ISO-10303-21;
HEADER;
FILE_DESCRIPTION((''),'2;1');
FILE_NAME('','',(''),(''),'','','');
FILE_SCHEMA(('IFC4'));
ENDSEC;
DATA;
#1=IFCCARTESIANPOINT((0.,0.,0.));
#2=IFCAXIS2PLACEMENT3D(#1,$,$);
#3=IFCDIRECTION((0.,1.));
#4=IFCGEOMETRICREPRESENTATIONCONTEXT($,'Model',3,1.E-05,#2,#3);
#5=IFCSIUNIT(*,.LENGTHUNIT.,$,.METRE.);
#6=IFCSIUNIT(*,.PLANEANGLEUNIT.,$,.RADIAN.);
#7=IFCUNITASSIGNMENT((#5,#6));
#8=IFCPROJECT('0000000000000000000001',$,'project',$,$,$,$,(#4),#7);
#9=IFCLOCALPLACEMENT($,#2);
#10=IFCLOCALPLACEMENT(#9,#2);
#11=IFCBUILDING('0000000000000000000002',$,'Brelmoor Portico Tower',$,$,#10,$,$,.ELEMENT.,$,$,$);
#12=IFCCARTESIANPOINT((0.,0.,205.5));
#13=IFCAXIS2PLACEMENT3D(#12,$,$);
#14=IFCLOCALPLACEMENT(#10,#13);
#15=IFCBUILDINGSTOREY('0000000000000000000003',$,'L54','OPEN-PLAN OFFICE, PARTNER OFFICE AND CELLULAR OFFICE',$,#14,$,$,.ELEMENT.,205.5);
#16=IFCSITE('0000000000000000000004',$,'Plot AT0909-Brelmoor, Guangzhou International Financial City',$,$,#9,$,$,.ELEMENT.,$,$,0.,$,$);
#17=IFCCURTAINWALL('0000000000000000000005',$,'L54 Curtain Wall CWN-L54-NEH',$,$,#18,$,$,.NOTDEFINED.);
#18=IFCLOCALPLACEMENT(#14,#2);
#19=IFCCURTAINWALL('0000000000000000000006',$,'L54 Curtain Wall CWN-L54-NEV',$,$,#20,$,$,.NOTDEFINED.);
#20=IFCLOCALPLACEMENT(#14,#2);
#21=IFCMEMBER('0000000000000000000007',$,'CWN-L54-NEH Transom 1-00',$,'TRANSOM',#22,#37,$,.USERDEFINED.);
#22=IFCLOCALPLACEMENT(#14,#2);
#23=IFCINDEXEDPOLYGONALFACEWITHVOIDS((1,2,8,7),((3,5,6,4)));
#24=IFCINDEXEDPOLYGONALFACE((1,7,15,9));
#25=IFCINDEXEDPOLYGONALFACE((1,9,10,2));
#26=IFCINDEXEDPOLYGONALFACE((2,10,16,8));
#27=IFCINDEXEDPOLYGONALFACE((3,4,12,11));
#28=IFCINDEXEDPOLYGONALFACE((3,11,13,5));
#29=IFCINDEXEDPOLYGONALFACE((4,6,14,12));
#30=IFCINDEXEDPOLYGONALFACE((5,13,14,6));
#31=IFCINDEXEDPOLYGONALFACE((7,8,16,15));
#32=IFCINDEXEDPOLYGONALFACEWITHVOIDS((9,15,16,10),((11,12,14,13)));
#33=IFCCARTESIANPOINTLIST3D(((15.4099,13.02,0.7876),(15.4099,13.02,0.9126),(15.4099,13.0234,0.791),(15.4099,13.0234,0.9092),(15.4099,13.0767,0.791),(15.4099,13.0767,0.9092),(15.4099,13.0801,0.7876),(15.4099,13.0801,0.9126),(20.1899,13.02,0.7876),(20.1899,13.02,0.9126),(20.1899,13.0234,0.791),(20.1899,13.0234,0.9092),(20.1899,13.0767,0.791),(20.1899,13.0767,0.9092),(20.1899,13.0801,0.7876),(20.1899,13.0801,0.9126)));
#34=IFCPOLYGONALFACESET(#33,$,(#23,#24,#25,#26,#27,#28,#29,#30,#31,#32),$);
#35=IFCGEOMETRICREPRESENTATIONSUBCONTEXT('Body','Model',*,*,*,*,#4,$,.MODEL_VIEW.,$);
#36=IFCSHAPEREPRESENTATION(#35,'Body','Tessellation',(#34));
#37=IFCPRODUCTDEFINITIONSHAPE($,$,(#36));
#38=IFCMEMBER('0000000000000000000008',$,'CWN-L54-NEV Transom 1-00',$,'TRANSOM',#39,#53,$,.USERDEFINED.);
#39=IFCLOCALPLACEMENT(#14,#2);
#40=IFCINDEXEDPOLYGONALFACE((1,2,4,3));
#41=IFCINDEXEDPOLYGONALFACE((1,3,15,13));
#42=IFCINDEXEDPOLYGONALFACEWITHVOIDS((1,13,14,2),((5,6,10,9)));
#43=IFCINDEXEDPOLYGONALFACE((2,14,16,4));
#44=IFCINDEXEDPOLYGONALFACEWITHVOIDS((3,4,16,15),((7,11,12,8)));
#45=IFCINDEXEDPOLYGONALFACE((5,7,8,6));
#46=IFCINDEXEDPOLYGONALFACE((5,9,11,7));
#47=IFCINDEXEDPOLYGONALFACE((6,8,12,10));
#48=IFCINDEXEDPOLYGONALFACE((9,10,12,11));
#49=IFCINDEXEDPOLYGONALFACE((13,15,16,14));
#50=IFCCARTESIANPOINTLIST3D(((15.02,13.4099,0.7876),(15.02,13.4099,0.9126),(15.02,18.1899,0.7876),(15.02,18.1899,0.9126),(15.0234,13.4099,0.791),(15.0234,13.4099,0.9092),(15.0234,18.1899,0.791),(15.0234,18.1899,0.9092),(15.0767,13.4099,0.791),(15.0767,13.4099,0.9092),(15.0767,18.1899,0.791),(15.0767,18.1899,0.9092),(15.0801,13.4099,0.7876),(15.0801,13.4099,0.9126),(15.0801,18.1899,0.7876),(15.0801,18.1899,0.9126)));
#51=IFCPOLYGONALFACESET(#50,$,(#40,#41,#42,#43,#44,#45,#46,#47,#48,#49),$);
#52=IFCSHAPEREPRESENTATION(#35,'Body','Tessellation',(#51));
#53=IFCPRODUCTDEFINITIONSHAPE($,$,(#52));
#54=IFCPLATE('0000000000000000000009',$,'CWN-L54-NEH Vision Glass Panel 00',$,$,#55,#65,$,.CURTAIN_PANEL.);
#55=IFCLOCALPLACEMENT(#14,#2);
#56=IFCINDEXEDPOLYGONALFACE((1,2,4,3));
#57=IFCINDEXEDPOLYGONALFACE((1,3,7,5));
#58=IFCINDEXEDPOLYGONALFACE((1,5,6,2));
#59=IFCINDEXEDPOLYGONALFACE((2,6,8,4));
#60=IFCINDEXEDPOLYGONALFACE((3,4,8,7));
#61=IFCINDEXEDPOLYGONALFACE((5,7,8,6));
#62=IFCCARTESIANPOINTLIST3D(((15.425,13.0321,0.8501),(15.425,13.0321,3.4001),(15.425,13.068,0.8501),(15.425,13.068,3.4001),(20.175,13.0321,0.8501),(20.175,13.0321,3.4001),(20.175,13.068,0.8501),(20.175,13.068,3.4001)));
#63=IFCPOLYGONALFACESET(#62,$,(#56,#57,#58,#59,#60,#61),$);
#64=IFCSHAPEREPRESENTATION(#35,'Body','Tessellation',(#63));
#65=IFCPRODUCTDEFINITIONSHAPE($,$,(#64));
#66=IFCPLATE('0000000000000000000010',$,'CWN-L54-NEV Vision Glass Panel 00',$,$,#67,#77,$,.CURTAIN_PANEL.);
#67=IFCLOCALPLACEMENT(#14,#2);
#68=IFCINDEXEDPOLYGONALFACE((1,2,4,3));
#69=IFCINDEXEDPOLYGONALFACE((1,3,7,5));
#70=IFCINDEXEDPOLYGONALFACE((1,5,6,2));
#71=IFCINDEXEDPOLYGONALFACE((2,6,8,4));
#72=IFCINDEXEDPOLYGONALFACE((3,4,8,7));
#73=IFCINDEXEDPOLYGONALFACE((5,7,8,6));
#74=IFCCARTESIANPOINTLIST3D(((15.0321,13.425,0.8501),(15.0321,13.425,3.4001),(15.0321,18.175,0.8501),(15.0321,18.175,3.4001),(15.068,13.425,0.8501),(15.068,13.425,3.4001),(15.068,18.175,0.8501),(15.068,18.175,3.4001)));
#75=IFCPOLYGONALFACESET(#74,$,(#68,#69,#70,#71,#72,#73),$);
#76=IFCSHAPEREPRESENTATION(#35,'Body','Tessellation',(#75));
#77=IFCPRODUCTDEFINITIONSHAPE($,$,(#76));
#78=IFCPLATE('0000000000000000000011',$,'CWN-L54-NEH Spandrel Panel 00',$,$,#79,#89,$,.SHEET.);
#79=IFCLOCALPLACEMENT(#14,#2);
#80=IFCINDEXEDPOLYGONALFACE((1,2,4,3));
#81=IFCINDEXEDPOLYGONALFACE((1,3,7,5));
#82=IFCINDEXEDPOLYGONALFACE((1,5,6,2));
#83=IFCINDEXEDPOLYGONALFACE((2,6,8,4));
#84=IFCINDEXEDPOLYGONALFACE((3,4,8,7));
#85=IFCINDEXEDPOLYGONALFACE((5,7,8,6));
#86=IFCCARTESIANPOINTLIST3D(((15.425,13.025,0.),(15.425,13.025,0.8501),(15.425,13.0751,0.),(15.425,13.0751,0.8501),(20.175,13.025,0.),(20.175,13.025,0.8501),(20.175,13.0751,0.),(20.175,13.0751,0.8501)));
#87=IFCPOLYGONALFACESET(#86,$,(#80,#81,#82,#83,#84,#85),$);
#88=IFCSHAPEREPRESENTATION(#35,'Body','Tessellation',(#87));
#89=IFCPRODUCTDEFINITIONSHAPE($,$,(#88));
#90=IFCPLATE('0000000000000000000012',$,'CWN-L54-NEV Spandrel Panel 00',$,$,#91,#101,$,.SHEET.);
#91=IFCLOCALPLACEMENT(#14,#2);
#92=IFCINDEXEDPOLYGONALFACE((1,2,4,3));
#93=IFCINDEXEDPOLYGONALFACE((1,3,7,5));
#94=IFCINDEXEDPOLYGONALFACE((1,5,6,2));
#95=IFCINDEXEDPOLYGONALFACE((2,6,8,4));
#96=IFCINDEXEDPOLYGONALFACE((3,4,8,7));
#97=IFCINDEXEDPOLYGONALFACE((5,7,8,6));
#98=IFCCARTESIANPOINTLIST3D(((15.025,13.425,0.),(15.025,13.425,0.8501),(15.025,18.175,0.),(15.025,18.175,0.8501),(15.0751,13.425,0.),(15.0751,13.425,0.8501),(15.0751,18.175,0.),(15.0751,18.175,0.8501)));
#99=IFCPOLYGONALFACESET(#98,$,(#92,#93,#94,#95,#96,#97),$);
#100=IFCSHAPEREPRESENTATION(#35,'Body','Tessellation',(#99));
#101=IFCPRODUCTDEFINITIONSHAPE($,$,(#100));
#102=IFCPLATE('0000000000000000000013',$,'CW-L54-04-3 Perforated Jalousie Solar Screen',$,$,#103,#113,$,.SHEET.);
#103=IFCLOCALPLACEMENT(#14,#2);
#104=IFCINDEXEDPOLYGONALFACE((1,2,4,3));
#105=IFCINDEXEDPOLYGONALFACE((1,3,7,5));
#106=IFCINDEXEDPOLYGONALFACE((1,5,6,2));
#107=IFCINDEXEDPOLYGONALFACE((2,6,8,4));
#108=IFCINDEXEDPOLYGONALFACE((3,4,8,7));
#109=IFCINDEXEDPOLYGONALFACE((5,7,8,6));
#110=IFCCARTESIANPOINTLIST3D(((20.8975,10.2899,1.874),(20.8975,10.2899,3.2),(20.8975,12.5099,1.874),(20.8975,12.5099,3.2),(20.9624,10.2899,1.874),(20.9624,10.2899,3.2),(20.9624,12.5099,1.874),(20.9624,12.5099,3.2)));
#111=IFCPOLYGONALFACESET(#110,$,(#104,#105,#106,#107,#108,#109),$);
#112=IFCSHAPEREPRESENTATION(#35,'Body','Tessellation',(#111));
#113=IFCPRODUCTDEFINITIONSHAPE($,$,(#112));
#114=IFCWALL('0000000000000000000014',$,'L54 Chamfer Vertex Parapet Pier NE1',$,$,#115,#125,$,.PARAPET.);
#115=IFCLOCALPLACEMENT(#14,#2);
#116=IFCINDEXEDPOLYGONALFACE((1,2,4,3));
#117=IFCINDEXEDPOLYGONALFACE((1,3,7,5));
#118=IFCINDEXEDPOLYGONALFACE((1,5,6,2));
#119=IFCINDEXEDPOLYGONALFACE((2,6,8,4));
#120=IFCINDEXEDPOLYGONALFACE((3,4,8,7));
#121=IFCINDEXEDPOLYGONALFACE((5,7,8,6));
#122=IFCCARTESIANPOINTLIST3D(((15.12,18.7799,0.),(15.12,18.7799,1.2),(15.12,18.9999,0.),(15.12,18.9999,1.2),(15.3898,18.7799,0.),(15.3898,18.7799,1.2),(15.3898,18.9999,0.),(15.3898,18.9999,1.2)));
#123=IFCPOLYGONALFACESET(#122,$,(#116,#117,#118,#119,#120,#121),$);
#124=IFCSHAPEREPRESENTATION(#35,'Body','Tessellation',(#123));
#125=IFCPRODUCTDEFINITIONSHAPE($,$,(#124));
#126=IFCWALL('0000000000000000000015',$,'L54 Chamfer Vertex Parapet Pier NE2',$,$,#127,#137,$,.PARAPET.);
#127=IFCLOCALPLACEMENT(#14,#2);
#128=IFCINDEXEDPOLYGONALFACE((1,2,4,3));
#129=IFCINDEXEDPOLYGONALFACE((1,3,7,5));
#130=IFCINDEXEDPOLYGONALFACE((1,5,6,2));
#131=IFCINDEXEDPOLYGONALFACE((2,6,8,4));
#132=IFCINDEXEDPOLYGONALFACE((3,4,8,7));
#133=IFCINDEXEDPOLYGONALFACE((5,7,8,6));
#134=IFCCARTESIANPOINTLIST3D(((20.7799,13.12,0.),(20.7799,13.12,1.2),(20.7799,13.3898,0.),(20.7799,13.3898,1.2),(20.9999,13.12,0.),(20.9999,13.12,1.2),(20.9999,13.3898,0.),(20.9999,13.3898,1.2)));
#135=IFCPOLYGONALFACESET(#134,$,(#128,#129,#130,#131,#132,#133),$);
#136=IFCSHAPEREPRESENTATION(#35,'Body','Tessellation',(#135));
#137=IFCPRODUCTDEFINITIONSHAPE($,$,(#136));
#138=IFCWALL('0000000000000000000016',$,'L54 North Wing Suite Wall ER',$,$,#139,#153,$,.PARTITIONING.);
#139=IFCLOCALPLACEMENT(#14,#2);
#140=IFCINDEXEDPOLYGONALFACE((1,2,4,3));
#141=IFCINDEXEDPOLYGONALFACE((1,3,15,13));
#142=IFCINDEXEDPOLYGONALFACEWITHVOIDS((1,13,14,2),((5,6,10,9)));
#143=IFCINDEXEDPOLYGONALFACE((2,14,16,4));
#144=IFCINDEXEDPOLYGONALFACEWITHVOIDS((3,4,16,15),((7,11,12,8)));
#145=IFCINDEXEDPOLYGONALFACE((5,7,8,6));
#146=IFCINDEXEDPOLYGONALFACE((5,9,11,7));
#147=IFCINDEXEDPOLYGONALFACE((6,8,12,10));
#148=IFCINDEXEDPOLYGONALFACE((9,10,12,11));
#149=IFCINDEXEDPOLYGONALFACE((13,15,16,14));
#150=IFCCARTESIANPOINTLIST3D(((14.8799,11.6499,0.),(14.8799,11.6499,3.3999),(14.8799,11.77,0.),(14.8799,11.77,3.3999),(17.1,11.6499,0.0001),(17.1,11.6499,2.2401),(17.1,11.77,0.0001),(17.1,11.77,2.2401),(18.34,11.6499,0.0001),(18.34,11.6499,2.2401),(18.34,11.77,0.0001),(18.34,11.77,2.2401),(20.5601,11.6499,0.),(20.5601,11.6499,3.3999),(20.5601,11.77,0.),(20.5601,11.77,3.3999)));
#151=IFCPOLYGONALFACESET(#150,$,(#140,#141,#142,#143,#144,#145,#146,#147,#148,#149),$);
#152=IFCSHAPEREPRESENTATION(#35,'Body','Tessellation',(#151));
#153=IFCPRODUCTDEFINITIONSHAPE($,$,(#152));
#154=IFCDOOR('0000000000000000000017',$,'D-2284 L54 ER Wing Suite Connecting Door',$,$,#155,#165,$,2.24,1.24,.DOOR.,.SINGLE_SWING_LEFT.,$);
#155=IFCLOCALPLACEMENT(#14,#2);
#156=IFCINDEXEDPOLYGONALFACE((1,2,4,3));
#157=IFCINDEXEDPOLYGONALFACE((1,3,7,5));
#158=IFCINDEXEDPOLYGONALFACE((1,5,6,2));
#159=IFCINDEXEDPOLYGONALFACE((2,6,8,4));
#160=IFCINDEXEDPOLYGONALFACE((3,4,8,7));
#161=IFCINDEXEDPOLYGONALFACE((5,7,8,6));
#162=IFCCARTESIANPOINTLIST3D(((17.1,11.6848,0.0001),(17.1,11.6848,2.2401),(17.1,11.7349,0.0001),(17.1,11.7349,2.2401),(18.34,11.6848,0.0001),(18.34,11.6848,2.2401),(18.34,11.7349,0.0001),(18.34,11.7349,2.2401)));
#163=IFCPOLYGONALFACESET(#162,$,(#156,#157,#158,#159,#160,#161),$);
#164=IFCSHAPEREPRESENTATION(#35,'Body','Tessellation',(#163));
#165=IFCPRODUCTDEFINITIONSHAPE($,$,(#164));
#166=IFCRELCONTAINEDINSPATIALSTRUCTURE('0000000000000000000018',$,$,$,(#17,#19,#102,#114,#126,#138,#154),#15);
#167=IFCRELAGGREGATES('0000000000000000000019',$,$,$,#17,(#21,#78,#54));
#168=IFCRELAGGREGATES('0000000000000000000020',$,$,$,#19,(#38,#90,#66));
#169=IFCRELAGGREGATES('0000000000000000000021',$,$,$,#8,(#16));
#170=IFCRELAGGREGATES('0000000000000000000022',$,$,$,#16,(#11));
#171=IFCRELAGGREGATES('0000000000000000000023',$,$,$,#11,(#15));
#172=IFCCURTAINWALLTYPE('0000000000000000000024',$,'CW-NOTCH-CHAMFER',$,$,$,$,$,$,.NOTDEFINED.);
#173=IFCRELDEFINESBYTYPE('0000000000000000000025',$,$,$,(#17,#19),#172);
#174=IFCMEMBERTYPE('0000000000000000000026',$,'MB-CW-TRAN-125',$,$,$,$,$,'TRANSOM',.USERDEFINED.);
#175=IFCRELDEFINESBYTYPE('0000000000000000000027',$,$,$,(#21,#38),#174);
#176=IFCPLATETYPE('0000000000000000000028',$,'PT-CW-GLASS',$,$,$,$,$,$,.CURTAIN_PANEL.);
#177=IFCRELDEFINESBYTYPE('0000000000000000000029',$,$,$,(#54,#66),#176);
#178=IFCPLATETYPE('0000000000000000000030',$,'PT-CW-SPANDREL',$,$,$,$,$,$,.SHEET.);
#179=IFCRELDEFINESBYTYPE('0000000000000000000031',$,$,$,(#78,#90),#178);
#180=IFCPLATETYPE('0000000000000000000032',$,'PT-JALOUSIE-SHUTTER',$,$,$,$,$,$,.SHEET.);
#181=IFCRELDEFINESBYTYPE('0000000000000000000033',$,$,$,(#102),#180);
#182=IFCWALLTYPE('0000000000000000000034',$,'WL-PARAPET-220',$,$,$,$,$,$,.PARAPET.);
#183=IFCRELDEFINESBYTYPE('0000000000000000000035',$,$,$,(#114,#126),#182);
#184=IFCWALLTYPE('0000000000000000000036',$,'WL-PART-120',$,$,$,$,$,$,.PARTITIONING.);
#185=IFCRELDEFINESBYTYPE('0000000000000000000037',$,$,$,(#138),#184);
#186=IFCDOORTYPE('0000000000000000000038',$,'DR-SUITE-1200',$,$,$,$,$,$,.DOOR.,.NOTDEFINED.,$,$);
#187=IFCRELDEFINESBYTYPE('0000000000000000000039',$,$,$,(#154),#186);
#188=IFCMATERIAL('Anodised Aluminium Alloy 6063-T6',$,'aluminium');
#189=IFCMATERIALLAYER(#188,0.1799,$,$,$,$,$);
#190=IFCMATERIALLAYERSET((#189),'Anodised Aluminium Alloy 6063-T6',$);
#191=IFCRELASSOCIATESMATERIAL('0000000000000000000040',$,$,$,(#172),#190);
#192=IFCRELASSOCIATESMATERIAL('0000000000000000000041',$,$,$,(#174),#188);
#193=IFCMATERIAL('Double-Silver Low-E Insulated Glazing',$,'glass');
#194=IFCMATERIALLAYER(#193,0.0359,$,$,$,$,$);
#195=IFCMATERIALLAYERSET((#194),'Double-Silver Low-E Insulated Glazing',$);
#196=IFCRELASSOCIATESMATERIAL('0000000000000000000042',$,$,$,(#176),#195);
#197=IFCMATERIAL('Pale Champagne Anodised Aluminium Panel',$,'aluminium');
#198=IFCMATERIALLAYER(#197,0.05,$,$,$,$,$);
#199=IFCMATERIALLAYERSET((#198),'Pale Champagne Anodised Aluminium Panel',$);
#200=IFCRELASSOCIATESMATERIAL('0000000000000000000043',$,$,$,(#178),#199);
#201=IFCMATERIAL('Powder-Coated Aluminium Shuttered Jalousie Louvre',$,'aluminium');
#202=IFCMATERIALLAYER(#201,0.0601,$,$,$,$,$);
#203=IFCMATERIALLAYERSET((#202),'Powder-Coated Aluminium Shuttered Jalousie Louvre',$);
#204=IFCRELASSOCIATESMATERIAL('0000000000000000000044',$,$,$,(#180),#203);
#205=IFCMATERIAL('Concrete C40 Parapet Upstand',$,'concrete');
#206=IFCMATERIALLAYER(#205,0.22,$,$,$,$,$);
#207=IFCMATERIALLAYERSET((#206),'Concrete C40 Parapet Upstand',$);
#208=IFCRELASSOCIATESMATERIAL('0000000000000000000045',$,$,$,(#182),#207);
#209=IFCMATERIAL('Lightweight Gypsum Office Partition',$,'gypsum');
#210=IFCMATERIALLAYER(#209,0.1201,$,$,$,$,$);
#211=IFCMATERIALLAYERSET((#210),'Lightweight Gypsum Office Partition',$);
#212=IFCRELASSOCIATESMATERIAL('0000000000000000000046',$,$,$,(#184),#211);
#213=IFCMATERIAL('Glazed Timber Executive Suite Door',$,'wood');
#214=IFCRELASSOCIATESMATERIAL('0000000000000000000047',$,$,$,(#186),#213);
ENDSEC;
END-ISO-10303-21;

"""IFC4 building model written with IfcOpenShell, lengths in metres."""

from ifc_helpers import new_model, si_unit, direction, frame, frame_2d, origin, origin_2d, place, context, subcontext, project, spatial, rectangle, hollow_rectangle, extrude, material, layer, layer_set, material_profile, profile_set, type_object, element, fill, aggregate, save


model = new_model("IFC4")

# Units and contexts
model_context = context("Model", 3, precision=1e-05, world=origin(), true_north=direction((0.0, 1.0)))
body_context = subcontext(model_context, "Body", "Model", "MODEL_VIEW")
ifc_project = project(units=[si_unit("LENGTHUNIT", "METRE"), si_unit("PLANEANGLEUNIT", "RADIAN")], contexts=[model_context])

# Site, building, storey
site_placement = place(None, origin())
site = spatial("IfcSite", under=ifc_project, at=site_placement, Name="Plot AT0909-Brelmoor, Guangzhou International Financial City", CompositionType="ELEMENT", RefElevation=0.0)
building_placement = place(site_placement, origin())
building = spatial("IfcBuilding", under=site, at=building_placement, Name="Brelmoor Portico Tower", CompositionType="ELEMENT")
storey_placement = place(building_placement, frame((0.0, 0.0, 205.5)))
storey = spatial("IfcBuildingStorey", under=building, at=storey_placement, Name="L54", Description="OPEN-PLAN OFFICE, PARTNER OFFICE AND CELLULAR OFFICE", CompositionType="ELEMENT", Elevation=205.5)

# Shared definitions
ifc_material_1 = material(Name="Anodised Aluminium Alloy 6063-T6", Category="aluminium")

# Curtain walls
ifc_layer_1 = layer(ifc_material_1, 0.1799)
ifc_layer_set_1 = layer_set([ifc_layer_1], Name="Anodised Aluminium Alloy 6063-T6")
curtain_wall_type_1 = type_object("IfcCurtainWallType", Name="CW-NOTCH-CHAMFER", PredefinedType="NOTDEFINED", material=ifc_layer_set_1)
curtain_wall_1_placement = place(storey_placement, origin())
curtain_wall_1 = element("IfcCurtainWall", 1, at=curtain_wall_1_placement, inside=storey, type_object=curtain_wall_type_1, Name="L54 Curtain Wall CWN-L54-NEH", PredefinedType="NOTDEFINED")
curtain_wall_2_placement = place(storey_placement, origin())
curtain_wall_2 = element("IfcCurtainWall", 2, at=curtain_wall_2_placement, inside=storey, type_object=curtain_wall_type_1, Name="L54 Curtain Wall CWN-L54-NEV", PredefinedType="NOTDEFINED")

# Members
ifc_material_profile_1 = material_profile(ifc_material_1, hollow_rectangle(XDim=0.0601, YDim=0.125, WallThickness=0.0034, at=origin_2d()), Name="ALU TRANSOM 60x125")
ifc_profile_set_1 = profile_set([ifc_material_profile_1], Name="Anodised Aluminium Alloy 6063-T6")
member_type_1 = type_object("IfcMemberType", Name="MB-CW-TRAN-125", ElementType="TRANSOM", PredefinedType="USERDEFINED", material=ifc_profile_set_1)
member_1_placement = place(storey_placement, frame((15.4099, 13.05, 0.8501), z_axis=(1.0, 0.0, 0.0), x_axis=(0.0, 1.0, 0.0)))
member_1 = element("IfcMember", 3, at=member_1_placement, type_object=member_type_1, Name="CWN-L54-NEH Transom 1-00", ObjectType="TRANSOM", PredefinedType="USERDEFINED", context=body_context, shape_type="SweptSolid", body=[
    extrude(hollow_rectangle(XDim=0.0601, YDim=0.125, WallThickness=0.0034, at=origin_2d()), origin(), (0.0, 0.0, 1.0), 4.78),
])
member_2_placement = place(storey_placement, frame((15.05, 13.4099, 0.8501), z_axis=(0.0, 1.0, 0.0), x_axis=(-1.0, 0.0, 0.0)))
member_2 = element("IfcMember", 4, at=member_2_placement, type_object=member_type_1, Name="CWN-L54-NEV Transom 1-00", ObjectType="TRANSOM", PredefinedType="USERDEFINED", context=body_context, shape_type="SweptSolid", body=[
    extrude(hollow_rectangle(XDim=0.0601, YDim=0.125, WallThickness=0.0034, at=origin_2d()), origin(), (0.0, 0.0, 1.0), 4.78),
])

# Plates
ifc_material_2 = material(Name="Double-Silver Low-E Insulated Glazing", Category="glass")
ifc_layer_2 = layer(ifc_material_2, 0.0359)
ifc_layer_set_2 = layer_set([ifc_layer_2], Name="Double-Silver Low-E Insulated Glazing")
plate_type_1 = type_object("IfcPlateType", Name="PT-CW-GLASS", PredefinedType="CURTAIN_PANEL", material=ifc_layer_set_2)
plate_1_placement = place(storey_placement, frame((17.8, 13.05, 0.8501), z_axis=(0.0, 0.0, 1.0), x_axis=(1.0, 0.0, 0.0)))
plate_1 = element("IfcPlate", 5, at=plate_1_placement, type_object=plate_type_1, Name="CWN-L54-NEH Vision Glass Panel 00", PredefinedType="CURTAIN_PANEL", context=body_context, shape_type="SweptSolid", body=[
    extrude(rectangle(XDim=4.75, YDim=0.0359, at=origin_2d()), origin(), (0.0, 0.0, 1.0), 2.55),
])
plate_2_placement = place(storey_placement, frame((15.05, 15.8, 0.8501), z_axis=(0.0, 0.0, 1.0), x_axis=(0.0, 1.0, 0.0)))
plate_2 = element("IfcPlate", 6, at=plate_2_placement, type_object=plate_type_1, Name="CWN-L54-NEV Vision Glass Panel 00", PredefinedType="CURTAIN_PANEL", context=body_context, shape_type="SweptSolid", body=[
    extrude(rectangle(XDim=4.75, YDim=0.0359, at=origin_2d()), origin(), (0.0, 0.0, 1.0), 2.55),
])
ifc_material_3 = material(Name="Pale Champagne Anodised Aluminium Panel", Category="aluminium")
ifc_layer_3 = layer(ifc_material_3, 0.05)
ifc_layer_set_3 = layer_set([ifc_layer_3], Name="Pale Champagne Anodised Aluminium Panel")
plate_type_2 = type_object("IfcPlateType", Name="PT-CW-SPANDREL", PredefinedType="SHEET", material=ifc_layer_set_3)
plate_3_placement = place(storey_placement, frame((17.8, 13.05, 0.0), z_axis=(0.0, 0.0, 1.0), x_axis=(1.0, 0.0, 0.0)))
plate_3 = element("IfcPlate", 7, at=plate_3_placement, type_object=plate_type_2, Name="CWN-L54-NEH Spandrel Panel 00", PredefinedType="SHEET", context=body_context, shape_type="SweptSolid", body=[
    extrude(rectangle(XDim=4.75, YDim=0.05, at=origin_2d()), origin(), (0.0, 0.0, 1.0), 0.8501),
])
aggregate(curtain_wall_1, [member_1, plate_3, plate_1])
plate_4_placement = place(storey_placement, frame((15.05, 15.8, 0.0), z_axis=(0.0, 0.0, 1.0), x_axis=(0.0, 1.0, 0.0)))
plate_4 = element("IfcPlate", 8, at=plate_4_placement, type_object=plate_type_2, Name="CWN-L54-NEV Spandrel Panel 00", PredefinedType="SHEET", context=body_context, shape_type="SweptSolid", body=[
    extrude(rectangle(XDim=4.75, YDim=0.05, at=origin_2d()), origin(), (0.0, 0.0, 1.0), 0.8501),
])
aggregate(curtain_wall_2, [member_2, plate_4, plate_2])
ifc_material_4 = material(Name="Powder-Coated Aluminium Shuttered Jalousie Louvre", Category="aluminium")
ifc_layer_4 = layer(ifc_material_4, 0.0601)
ifc_layer_set_4 = layer_set([ifc_layer_4], Name="Powder-Coated Aluminium Shuttered Jalousie Louvre")
plate_type_3 = type_object("IfcPlateType", Name="PT-JALOUSIE-SHUTTER", PredefinedType="SHEET", material=ifc_layer_set_4)
plate_5_placement = place(storey_placement, frame((20.9299, 11.3999, 1.874), z_axis=(0.0, 0.0, 1.0), x_axis=(0.0, 1.0, 0.0)))
element("IfcPlate", 9, at=plate_5_placement, inside=storey, type_object=plate_type_3, Name="CW-L54-04-3 Perforated Jalousie Solar Screen", PredefinedType="SHEET", context=body_context, shape_type="SweptSolid", body=[
    extrude(rectangle(XDim=2.22, YDim=0.0649, at=origin_2d()), origin(), (0.0, 0.0, 1.0), 1.3259),
])

# Walls
ifc_material_5 = material(Name="Concrete C40 Parapet Upstand", Category="concrete")
ifc_layer_5 = layer(ifc_material_5, 0.22)
ifc_layer_set_5 = layer_set([ifc_layer_5], Name="Concrete C40 Parapet Upstand")
wall_type_1 = type_object("IfcWallType", Name="WL-PARAPET-220", PredefinedType="PARAPET", material=ifc_layer_set_5)
for number, where, z_axis, x_axis, name in (
    (10, (15.1201, 18.8899, 0.0), (0.0, 0.0, 1.0), (1.0, 0.0, 0.0), "L54 Chamfer Vertex Parapet Pier NE1"),
    (11, (20.8899, 13.1201, 0.0), (0.0, 0.0, 1.0), (0.0, 1.0, 0.0), "L54 Chamfer Vertex Parapet Pier NE2"),
):
    element("IfcWall", number, at=place(storey_placement, frame(where, z_axis=z_axis, x_axis=x_axis)), inside=storey, type_object=wall_type_1, Name=name, PredefinedType="PARAPET", context=body_context, shape_type="SweptSolid", body=[
        extrude(rectangle(XDim=0.2698, YDim=0.22, at=frame_2d((0.1348, 0.0))), origin(), (0.0, 0.0, 1.0), 1.2),
    ])

# Wall, opening, door
ifc_material_6 = material(Name="Lightweight Gypsum Office Partition", Category="gypsum")
ifc_layer_6 = layer(ifc_material_6, 0.1201)
ifc_layer_set_6 = layer_set([ifc_layer_6], Name="Lightweight Gypsum Office Partition")
wall_type_2 = type_object("IfcWallType", Name="WL-PART-120", PredefinedType="PARTITIONING", material=ifc_layer_set_6)
wall_placement = place(storey_placement, frame((14.8799, 11.71, 0.0), z_axis=(0.0, 0.0, 1.0), x_axis=(1.0, 0.0, 0.0)))
wall = element("IfcWall", 12, at=wall_placement, inside=storey, type_object=wall_type_2, Name="L54 North Wing Suite Wall ER", PredefinedType="PARTITIONING", context=body_context, shape_type="SweptSolid", body=[
    extrude(rectangle(XDim=5.6802, YDim=0.1201, at=frame_2d((2.8401, 0.0))), origin(), (0.0, 0.0, 1.0), 3.3999),
])
opening_placement = place(wall_placement, frame((2.22, 0.0, 0.0)))
opening = element("IfcOpeningElement", 13, at=opening_placement, cuts=wall, PredefinedType="OPENING", context=body_context, shape_type="SweptSolid", body=[
    extrude(rectangle(XDim=1.24, YDim=2.24, at=frame_2d((0.6201, 1.1201))), frame((0.0, 0.0701, 0.0), z_axis=(0.0, -1.0, 0.0), x_axis=(1.0, 0.0, 0.0)), (0.0, 0.0, 1.0), 0.1401),
])
ifc_material_7 = material(Name="Glazed Timber Executive Suite Door", Category="wood")
door_type = type_object("IfcDoorType", Name="DR-SUITE-1200", OperationType="NOTDEFINED", PredefinedType="DOOR", material=ifc_material_7)
door_placement = place(opening_placement, origin())
door = element("IfcDoor", 14, at=door_placement, inside=storey, type_object=door_type, Name="D-2284 L54 ER Wing Suite Connecting Door", OperationType="SINGLE_SWING_LEFT", OverallHeight=2.24, OverallWidth=1.24, PredefinedType="DOOR", context=body_context, shape_type="SweptSolid", body=[
    extrude(rectangle(XDim=1.24, YDim=2.24, at=frame_2d((0.6201, 1.1201))), frame((0.0, 0.0249, 0.0), z_axis=(0.0, -1.0, 0.0), x_axis=(1.0, 0.0, 0.0)), (0.0, 0.0, 1.0), 0.05),
])
fill(opening, door)

save(model, "model.ifc")
